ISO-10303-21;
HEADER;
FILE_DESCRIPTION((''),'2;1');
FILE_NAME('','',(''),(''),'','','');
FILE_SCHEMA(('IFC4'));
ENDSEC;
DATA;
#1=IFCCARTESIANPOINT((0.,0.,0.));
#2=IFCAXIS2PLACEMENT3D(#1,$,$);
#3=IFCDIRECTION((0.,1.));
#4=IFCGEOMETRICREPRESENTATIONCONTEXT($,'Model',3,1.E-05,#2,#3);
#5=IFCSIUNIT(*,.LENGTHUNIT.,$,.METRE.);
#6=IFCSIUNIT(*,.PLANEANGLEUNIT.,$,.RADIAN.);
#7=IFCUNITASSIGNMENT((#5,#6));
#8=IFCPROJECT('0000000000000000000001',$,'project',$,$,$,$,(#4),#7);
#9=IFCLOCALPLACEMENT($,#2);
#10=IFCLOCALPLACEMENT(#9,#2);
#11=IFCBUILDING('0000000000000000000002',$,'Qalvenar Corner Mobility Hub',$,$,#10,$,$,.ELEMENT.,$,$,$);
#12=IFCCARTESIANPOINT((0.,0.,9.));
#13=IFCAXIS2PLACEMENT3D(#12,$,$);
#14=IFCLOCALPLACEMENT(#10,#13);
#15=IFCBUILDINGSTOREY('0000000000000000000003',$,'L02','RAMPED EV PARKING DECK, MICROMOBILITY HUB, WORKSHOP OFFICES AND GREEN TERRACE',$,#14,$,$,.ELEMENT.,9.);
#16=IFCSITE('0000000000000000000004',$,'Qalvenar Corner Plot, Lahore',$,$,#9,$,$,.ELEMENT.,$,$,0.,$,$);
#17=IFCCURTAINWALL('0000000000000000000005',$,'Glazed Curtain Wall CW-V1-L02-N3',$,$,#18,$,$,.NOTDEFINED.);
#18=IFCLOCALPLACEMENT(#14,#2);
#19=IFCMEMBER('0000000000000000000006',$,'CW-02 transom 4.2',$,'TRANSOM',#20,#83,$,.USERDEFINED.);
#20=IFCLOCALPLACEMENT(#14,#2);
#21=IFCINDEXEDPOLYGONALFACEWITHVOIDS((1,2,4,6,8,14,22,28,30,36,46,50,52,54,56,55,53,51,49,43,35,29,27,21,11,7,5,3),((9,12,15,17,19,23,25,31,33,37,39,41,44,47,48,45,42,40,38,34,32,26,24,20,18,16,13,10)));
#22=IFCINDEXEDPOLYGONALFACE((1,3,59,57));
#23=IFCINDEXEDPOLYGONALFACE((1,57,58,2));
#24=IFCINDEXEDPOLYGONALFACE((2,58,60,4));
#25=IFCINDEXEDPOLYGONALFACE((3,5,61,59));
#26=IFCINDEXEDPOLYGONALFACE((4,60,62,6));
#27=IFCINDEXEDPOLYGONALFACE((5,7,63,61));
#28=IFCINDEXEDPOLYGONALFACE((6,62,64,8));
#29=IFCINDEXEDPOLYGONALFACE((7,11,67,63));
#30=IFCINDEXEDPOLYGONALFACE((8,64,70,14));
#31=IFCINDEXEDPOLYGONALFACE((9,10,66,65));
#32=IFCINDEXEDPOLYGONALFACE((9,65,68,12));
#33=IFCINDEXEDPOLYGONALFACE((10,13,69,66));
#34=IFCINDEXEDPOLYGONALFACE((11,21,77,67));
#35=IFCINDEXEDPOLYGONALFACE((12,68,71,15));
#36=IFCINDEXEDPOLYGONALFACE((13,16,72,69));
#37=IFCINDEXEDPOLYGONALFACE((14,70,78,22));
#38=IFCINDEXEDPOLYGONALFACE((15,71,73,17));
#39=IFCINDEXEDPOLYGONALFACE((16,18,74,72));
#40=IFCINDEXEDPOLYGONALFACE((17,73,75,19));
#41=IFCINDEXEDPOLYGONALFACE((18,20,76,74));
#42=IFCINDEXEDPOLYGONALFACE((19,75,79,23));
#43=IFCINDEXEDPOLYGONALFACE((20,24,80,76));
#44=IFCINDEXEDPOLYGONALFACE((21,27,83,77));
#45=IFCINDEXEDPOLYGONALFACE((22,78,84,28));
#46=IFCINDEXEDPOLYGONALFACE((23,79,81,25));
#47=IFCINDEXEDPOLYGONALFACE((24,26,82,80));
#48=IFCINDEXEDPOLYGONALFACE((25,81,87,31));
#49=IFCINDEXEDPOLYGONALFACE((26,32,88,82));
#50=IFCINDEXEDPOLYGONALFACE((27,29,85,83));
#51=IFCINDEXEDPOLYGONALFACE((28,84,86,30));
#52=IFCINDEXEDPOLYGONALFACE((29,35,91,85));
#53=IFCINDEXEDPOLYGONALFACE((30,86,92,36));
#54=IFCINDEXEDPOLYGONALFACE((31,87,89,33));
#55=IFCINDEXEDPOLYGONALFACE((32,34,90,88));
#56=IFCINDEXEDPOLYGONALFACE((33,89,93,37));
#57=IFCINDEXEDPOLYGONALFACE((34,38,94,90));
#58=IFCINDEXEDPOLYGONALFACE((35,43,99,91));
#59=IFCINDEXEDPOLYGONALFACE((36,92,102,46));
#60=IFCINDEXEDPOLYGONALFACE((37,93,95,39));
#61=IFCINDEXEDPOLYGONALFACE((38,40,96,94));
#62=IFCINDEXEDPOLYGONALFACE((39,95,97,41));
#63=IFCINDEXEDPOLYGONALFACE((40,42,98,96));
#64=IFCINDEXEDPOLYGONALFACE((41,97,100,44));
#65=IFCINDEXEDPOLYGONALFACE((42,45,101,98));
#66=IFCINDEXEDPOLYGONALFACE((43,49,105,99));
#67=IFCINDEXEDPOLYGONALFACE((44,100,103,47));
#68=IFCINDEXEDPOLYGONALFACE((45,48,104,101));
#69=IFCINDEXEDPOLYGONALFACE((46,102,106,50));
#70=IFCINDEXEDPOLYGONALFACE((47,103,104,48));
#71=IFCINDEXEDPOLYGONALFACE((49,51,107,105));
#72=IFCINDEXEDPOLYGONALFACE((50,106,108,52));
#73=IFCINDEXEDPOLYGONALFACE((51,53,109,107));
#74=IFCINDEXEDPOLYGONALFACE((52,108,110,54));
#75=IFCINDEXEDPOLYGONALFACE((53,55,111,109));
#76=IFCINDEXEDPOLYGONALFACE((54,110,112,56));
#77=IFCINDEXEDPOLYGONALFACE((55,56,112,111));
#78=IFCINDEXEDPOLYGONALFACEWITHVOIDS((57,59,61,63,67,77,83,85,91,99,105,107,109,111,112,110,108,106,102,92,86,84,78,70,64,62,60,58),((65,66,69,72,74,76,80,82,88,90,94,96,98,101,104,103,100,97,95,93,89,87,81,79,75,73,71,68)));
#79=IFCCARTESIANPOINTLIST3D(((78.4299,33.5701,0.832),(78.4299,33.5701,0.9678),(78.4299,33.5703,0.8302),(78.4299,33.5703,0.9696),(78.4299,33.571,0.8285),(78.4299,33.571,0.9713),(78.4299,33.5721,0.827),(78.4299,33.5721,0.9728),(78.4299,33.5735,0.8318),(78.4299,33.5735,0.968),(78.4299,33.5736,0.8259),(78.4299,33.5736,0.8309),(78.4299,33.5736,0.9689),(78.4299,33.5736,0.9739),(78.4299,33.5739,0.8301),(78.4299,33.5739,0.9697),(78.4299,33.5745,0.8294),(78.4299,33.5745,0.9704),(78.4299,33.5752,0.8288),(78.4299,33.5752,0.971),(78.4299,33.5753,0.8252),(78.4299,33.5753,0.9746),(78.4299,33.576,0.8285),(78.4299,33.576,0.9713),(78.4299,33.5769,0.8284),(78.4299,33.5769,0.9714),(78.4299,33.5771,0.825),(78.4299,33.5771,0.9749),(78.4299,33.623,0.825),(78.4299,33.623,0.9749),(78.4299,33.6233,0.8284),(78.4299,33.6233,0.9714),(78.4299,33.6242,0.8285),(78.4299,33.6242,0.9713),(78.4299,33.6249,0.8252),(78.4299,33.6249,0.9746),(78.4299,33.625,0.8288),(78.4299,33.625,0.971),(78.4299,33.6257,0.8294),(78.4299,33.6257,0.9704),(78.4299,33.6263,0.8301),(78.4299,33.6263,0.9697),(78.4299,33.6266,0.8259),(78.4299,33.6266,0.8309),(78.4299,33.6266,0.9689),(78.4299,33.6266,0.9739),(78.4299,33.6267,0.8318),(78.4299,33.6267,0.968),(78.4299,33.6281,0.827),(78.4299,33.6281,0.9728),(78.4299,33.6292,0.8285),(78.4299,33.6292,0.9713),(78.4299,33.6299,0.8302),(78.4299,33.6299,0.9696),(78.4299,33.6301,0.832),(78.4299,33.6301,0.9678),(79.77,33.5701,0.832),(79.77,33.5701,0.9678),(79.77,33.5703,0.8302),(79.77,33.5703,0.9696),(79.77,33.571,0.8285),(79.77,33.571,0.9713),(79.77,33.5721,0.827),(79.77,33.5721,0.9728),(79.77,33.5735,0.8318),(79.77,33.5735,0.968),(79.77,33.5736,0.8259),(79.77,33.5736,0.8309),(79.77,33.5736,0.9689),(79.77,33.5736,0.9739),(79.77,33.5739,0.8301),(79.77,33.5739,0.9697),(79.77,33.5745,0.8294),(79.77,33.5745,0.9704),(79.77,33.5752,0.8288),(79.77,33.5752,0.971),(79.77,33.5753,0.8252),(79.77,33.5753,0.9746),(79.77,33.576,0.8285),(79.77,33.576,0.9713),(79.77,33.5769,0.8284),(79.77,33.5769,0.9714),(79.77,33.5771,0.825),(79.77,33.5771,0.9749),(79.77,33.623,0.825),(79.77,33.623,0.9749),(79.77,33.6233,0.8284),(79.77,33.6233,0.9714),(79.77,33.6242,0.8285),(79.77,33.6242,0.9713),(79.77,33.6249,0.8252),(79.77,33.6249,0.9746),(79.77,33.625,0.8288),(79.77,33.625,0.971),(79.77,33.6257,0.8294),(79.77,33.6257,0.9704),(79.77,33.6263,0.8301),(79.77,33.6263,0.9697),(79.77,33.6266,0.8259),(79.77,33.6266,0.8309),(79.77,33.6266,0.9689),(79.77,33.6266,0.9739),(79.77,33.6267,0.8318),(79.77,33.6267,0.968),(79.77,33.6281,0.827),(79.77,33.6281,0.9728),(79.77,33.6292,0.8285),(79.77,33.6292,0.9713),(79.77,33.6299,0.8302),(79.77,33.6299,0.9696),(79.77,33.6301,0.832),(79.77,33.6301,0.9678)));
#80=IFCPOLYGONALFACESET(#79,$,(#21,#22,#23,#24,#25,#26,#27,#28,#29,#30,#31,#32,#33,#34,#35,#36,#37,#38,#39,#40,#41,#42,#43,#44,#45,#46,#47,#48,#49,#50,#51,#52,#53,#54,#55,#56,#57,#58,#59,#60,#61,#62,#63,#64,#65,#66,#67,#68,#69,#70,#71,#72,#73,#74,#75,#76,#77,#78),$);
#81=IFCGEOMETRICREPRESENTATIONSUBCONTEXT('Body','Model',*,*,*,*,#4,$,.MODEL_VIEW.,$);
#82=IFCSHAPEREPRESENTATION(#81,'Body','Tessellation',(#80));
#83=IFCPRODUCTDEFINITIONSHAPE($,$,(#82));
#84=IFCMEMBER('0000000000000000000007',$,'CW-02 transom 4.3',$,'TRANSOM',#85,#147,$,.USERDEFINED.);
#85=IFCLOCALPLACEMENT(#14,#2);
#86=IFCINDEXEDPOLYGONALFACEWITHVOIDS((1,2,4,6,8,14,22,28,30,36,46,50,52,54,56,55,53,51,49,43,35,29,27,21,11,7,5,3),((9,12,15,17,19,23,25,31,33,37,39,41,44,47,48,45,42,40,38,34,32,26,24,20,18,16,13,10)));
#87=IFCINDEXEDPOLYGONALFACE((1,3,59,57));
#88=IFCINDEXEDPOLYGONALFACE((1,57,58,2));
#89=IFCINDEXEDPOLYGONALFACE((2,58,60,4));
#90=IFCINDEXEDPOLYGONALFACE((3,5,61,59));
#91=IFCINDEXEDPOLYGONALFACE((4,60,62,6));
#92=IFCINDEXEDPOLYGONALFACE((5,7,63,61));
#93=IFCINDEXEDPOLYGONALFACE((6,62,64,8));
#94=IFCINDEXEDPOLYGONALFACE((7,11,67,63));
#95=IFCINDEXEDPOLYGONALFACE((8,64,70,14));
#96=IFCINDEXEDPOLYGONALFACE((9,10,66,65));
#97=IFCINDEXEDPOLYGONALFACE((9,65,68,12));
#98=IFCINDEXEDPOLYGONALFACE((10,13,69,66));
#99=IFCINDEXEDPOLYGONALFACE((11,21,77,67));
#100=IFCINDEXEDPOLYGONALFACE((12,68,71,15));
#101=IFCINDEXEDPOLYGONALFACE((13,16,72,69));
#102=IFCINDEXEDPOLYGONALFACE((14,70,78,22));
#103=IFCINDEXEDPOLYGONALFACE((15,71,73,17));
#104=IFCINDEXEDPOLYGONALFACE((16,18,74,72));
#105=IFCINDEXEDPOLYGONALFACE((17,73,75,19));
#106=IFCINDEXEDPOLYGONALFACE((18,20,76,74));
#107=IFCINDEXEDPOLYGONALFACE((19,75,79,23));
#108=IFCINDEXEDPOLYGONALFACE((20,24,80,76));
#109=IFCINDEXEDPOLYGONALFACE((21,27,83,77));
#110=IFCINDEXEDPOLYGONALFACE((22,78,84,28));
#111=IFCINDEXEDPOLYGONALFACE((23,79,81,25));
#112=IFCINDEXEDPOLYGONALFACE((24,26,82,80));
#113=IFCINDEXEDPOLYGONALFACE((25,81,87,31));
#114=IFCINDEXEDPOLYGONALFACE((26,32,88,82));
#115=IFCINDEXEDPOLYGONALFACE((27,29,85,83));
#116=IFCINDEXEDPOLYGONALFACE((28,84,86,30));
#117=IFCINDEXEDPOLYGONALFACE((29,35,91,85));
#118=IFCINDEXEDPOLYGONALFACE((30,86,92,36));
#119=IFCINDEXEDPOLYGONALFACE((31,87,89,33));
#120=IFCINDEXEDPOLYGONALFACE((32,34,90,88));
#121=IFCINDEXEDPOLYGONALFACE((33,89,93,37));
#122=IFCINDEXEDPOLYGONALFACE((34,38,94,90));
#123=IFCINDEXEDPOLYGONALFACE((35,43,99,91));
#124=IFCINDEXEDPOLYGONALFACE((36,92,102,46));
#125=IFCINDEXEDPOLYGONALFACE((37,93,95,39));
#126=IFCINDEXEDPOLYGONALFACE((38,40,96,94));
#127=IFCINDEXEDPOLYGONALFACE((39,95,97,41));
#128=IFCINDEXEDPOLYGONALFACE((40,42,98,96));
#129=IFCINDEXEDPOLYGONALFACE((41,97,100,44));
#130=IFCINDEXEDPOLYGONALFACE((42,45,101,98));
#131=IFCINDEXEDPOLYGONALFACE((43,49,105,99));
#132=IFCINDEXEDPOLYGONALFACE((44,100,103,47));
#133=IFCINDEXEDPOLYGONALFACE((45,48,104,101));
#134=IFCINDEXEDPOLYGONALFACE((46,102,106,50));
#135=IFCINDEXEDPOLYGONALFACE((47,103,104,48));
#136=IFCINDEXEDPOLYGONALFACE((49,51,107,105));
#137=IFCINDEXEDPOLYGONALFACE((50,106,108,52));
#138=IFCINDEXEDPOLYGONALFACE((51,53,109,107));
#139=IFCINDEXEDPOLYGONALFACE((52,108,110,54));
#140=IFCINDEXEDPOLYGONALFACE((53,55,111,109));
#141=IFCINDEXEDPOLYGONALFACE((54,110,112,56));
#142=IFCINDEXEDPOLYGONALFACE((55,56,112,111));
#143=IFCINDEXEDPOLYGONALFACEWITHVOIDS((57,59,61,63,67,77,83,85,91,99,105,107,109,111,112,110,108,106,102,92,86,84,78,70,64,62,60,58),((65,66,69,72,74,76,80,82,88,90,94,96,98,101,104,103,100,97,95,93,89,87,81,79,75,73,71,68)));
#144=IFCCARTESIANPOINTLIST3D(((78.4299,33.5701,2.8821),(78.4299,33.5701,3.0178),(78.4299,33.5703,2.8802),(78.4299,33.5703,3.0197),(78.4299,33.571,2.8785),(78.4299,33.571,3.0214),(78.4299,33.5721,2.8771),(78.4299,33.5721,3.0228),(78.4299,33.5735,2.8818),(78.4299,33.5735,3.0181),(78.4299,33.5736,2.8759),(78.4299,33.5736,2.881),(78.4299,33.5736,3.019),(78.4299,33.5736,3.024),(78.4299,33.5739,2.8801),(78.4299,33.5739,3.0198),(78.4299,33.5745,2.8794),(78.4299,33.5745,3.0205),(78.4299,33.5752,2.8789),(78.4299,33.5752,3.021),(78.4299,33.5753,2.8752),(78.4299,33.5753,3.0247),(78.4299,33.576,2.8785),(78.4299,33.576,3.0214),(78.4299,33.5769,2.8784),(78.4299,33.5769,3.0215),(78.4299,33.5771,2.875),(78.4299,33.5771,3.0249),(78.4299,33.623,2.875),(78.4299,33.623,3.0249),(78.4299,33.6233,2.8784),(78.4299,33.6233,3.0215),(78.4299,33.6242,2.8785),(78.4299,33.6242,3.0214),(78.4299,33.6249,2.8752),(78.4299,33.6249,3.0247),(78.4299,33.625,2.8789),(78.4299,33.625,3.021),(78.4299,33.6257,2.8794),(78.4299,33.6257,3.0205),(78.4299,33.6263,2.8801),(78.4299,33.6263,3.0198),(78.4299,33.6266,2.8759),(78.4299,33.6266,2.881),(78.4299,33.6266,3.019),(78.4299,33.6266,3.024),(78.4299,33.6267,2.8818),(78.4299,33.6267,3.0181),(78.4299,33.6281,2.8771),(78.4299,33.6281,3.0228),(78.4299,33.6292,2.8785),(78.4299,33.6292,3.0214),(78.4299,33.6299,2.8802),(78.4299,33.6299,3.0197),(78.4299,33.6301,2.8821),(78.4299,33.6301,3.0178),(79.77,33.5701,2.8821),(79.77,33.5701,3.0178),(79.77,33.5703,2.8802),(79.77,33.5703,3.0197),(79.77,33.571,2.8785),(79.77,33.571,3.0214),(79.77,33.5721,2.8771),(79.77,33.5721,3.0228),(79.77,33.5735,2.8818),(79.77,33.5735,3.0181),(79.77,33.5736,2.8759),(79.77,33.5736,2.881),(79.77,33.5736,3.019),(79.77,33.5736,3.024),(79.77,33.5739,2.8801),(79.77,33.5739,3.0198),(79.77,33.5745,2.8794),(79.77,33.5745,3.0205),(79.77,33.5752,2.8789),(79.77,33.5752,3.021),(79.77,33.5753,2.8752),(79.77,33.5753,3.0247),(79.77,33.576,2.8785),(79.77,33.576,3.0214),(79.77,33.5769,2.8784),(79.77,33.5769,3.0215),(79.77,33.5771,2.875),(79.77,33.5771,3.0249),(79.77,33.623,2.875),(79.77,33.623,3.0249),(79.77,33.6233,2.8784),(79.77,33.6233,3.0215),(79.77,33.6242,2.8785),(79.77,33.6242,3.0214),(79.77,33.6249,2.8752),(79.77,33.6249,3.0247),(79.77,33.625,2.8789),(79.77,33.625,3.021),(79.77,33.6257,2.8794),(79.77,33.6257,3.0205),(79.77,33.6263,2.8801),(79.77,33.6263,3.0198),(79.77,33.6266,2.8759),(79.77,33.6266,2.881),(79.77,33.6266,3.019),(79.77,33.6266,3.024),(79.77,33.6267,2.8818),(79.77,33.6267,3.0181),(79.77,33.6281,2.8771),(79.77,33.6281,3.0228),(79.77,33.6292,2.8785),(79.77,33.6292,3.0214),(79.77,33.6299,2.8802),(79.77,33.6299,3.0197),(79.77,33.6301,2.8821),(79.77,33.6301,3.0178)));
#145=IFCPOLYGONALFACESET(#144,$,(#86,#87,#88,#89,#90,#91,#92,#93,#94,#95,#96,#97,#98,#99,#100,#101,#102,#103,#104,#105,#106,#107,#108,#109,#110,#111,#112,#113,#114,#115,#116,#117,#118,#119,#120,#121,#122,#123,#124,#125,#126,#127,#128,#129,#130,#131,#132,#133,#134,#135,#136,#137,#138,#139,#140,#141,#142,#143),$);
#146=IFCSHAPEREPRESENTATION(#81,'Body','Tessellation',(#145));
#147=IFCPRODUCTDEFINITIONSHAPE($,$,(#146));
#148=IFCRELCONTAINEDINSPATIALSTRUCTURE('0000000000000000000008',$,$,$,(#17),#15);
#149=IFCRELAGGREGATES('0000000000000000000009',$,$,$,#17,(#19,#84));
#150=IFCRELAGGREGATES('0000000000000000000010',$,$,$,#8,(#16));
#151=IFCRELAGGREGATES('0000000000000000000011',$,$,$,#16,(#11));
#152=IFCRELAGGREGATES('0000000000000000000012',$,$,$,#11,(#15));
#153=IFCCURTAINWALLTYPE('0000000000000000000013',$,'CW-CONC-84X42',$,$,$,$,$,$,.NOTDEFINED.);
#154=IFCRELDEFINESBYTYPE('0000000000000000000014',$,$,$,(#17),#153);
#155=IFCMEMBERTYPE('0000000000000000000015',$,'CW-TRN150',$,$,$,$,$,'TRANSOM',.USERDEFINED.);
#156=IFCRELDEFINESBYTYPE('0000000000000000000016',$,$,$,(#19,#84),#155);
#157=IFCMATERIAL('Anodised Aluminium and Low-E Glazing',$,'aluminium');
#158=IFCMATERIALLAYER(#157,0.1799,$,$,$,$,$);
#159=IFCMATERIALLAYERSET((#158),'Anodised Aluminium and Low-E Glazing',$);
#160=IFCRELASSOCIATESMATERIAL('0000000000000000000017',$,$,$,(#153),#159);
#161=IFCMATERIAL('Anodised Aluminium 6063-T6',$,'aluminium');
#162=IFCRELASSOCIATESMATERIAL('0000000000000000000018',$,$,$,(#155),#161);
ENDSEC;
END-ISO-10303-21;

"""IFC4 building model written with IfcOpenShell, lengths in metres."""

from ifc_helpers import new_model, si_unit, direction, frame, origin, origin_2d, place, context, subcontext, project, spatial, hollow_rectangle, extrude, material, layer, layer_set, material_profile, profile_set, type_object, element, aggregate, save


model = new_model("IFC4")

# Units and contexts
model_context = context("Model", 3, precision=1e-05, world=origin(), true_north=direction((0.0, 1.0)))
body_context = subcontext(model_context, "Body", "Model", "MODEL_VIEW")
ifc_project = project(units=[si_unit("LENGTHUNIT", "METRE"), si_unit("PLANEANGLEUNIT", "RADIAN")], contexts=[model_context])

# Site, building, storey
site_placement = place(None, origin())
site = spatial("IfcSite", under=ifc_project, at=site_placement, Name="Qalvenar Corner Plot, Lahore", CompositionType="ELEMENT", RefElevation=0.0)
building_placement = place(site_placement, origin())
building = spatial("IfcBuilding", under=site, at=building_placement, Name="Qalvenar Corner Mobility Hub", CompositionType="ELEMENT")
storey_placement = place(building_placement, frame((0.0, 0.0, 9.0)))
storey = spatial("IfcBuildingStorey", under=building, at=storey_placement, Name="L02", Description="RAMPED EV PARKING DECK, MICROMOBILITY HUB, WORKSHOP OFFICES AND GREEN TERRACE", CompositionType="ELEMENT", Elevation=9.0)

# Curtain wall, members
ifc_material_1 = material(Name="Anodised Aluminium and Low-E Glazing", Category="aluminium")
ifc_layer_1 = layer(ifc_material_1, 0.1799)
ifc_layer_set_1 = layer_set([ifc_layer_1], Name="Anodised Aluminium and Low-E Glazing")
curtain_wall_type = type_object("IfcCurtainWallType", Name="CW-CONC-84X42", PredefinedType="NOTDEFINED", material=ifc_layer_set_1)
curtain_wall_placement = place(storey_placement, origin())
curtain_wall = element("IfcCurtainWall", 1, at=curtain_wall_placement, inside=storey, type_object=curtain_wall_type, Name="Glazed Curtain Wall CW-V1-L02-N3", PredefinedType="NOTDEFINED")
ifc_material_2 = material(Name="Anodised Aluminium 6063-T6", Category="aluminium")
ifc_material_profile_1 = material_profile(ifc_material_2, hollow_rectangle(XDim=0.0601, YDim=0.1499, WallThickness=0.0034, InnerFilletRadius=0.0034, OuterFilletRadius=0.0071, at=origin_2d()), Name="RHS150x60x3.5")
ifc_profile_set_1 = profile_set([ifc_material_profile_1], Name="Anodised Aluminium 6063-T6")
member_type_1 = type_object("IfcMemberType", Name="CW-TRN150", ElementType="TRANSOM", PredefinedType="USERDEFINED", material=ifc_profile_set_1)
member_1_placement = place(storey_placement, frame((79.77, 33.6001, 0.8999), z_axis=(-1.0, 0.0, 0.0), x_axis=(0.0, -1.0, 0.0)))
member_1 = element("IfcMember", 2, at=member_1_placement, type_object=member_type_1, Name="CW-02 transom 4.2", ObjectType="TRANSOM", PredefinedType="USERDEFINED", context=body_context, shape_type="SweptSolid", body=[
    extrude(hollow_rectangle(XDim=0.0601, YDim=0.1499, WallThickness=0.0034, InnerFilletRadius=0.0034, OuterFilletRadius=0.0071, at=origin_2d()), origin(), (0.0, 0.0, 1.0), 1.3401),
])
member_2_placement = place(storey_placement, frame((79.77, 33.6001, 2.95), z_axis=(-1.0, 0.0, 0.0), x_axis=(0.0, -1.0, 0.0)))
member_2 = element("IfcMember", 3, at=member_2_placement, type_object=member_type_1, Name="CW-02 transom 4.3", ObjectType="TRANSOM", PredefinedType="USERDEFINED", context=body_context, shape_type="SweptSolid", body=[
    extrude(hollow_rectangle(XDim=0.0601, YDim=0.1499, WallThickness=0.0034, InnerFilletRadius=0.0034, OuterFilletRadius=0.0071, at=origin_2d()), origin(), (0.0, 0.0, 1.0), 1.3401),
])
aggregate(curtain_wall, [member_1, member_2])

save(model, "model.ifc")
